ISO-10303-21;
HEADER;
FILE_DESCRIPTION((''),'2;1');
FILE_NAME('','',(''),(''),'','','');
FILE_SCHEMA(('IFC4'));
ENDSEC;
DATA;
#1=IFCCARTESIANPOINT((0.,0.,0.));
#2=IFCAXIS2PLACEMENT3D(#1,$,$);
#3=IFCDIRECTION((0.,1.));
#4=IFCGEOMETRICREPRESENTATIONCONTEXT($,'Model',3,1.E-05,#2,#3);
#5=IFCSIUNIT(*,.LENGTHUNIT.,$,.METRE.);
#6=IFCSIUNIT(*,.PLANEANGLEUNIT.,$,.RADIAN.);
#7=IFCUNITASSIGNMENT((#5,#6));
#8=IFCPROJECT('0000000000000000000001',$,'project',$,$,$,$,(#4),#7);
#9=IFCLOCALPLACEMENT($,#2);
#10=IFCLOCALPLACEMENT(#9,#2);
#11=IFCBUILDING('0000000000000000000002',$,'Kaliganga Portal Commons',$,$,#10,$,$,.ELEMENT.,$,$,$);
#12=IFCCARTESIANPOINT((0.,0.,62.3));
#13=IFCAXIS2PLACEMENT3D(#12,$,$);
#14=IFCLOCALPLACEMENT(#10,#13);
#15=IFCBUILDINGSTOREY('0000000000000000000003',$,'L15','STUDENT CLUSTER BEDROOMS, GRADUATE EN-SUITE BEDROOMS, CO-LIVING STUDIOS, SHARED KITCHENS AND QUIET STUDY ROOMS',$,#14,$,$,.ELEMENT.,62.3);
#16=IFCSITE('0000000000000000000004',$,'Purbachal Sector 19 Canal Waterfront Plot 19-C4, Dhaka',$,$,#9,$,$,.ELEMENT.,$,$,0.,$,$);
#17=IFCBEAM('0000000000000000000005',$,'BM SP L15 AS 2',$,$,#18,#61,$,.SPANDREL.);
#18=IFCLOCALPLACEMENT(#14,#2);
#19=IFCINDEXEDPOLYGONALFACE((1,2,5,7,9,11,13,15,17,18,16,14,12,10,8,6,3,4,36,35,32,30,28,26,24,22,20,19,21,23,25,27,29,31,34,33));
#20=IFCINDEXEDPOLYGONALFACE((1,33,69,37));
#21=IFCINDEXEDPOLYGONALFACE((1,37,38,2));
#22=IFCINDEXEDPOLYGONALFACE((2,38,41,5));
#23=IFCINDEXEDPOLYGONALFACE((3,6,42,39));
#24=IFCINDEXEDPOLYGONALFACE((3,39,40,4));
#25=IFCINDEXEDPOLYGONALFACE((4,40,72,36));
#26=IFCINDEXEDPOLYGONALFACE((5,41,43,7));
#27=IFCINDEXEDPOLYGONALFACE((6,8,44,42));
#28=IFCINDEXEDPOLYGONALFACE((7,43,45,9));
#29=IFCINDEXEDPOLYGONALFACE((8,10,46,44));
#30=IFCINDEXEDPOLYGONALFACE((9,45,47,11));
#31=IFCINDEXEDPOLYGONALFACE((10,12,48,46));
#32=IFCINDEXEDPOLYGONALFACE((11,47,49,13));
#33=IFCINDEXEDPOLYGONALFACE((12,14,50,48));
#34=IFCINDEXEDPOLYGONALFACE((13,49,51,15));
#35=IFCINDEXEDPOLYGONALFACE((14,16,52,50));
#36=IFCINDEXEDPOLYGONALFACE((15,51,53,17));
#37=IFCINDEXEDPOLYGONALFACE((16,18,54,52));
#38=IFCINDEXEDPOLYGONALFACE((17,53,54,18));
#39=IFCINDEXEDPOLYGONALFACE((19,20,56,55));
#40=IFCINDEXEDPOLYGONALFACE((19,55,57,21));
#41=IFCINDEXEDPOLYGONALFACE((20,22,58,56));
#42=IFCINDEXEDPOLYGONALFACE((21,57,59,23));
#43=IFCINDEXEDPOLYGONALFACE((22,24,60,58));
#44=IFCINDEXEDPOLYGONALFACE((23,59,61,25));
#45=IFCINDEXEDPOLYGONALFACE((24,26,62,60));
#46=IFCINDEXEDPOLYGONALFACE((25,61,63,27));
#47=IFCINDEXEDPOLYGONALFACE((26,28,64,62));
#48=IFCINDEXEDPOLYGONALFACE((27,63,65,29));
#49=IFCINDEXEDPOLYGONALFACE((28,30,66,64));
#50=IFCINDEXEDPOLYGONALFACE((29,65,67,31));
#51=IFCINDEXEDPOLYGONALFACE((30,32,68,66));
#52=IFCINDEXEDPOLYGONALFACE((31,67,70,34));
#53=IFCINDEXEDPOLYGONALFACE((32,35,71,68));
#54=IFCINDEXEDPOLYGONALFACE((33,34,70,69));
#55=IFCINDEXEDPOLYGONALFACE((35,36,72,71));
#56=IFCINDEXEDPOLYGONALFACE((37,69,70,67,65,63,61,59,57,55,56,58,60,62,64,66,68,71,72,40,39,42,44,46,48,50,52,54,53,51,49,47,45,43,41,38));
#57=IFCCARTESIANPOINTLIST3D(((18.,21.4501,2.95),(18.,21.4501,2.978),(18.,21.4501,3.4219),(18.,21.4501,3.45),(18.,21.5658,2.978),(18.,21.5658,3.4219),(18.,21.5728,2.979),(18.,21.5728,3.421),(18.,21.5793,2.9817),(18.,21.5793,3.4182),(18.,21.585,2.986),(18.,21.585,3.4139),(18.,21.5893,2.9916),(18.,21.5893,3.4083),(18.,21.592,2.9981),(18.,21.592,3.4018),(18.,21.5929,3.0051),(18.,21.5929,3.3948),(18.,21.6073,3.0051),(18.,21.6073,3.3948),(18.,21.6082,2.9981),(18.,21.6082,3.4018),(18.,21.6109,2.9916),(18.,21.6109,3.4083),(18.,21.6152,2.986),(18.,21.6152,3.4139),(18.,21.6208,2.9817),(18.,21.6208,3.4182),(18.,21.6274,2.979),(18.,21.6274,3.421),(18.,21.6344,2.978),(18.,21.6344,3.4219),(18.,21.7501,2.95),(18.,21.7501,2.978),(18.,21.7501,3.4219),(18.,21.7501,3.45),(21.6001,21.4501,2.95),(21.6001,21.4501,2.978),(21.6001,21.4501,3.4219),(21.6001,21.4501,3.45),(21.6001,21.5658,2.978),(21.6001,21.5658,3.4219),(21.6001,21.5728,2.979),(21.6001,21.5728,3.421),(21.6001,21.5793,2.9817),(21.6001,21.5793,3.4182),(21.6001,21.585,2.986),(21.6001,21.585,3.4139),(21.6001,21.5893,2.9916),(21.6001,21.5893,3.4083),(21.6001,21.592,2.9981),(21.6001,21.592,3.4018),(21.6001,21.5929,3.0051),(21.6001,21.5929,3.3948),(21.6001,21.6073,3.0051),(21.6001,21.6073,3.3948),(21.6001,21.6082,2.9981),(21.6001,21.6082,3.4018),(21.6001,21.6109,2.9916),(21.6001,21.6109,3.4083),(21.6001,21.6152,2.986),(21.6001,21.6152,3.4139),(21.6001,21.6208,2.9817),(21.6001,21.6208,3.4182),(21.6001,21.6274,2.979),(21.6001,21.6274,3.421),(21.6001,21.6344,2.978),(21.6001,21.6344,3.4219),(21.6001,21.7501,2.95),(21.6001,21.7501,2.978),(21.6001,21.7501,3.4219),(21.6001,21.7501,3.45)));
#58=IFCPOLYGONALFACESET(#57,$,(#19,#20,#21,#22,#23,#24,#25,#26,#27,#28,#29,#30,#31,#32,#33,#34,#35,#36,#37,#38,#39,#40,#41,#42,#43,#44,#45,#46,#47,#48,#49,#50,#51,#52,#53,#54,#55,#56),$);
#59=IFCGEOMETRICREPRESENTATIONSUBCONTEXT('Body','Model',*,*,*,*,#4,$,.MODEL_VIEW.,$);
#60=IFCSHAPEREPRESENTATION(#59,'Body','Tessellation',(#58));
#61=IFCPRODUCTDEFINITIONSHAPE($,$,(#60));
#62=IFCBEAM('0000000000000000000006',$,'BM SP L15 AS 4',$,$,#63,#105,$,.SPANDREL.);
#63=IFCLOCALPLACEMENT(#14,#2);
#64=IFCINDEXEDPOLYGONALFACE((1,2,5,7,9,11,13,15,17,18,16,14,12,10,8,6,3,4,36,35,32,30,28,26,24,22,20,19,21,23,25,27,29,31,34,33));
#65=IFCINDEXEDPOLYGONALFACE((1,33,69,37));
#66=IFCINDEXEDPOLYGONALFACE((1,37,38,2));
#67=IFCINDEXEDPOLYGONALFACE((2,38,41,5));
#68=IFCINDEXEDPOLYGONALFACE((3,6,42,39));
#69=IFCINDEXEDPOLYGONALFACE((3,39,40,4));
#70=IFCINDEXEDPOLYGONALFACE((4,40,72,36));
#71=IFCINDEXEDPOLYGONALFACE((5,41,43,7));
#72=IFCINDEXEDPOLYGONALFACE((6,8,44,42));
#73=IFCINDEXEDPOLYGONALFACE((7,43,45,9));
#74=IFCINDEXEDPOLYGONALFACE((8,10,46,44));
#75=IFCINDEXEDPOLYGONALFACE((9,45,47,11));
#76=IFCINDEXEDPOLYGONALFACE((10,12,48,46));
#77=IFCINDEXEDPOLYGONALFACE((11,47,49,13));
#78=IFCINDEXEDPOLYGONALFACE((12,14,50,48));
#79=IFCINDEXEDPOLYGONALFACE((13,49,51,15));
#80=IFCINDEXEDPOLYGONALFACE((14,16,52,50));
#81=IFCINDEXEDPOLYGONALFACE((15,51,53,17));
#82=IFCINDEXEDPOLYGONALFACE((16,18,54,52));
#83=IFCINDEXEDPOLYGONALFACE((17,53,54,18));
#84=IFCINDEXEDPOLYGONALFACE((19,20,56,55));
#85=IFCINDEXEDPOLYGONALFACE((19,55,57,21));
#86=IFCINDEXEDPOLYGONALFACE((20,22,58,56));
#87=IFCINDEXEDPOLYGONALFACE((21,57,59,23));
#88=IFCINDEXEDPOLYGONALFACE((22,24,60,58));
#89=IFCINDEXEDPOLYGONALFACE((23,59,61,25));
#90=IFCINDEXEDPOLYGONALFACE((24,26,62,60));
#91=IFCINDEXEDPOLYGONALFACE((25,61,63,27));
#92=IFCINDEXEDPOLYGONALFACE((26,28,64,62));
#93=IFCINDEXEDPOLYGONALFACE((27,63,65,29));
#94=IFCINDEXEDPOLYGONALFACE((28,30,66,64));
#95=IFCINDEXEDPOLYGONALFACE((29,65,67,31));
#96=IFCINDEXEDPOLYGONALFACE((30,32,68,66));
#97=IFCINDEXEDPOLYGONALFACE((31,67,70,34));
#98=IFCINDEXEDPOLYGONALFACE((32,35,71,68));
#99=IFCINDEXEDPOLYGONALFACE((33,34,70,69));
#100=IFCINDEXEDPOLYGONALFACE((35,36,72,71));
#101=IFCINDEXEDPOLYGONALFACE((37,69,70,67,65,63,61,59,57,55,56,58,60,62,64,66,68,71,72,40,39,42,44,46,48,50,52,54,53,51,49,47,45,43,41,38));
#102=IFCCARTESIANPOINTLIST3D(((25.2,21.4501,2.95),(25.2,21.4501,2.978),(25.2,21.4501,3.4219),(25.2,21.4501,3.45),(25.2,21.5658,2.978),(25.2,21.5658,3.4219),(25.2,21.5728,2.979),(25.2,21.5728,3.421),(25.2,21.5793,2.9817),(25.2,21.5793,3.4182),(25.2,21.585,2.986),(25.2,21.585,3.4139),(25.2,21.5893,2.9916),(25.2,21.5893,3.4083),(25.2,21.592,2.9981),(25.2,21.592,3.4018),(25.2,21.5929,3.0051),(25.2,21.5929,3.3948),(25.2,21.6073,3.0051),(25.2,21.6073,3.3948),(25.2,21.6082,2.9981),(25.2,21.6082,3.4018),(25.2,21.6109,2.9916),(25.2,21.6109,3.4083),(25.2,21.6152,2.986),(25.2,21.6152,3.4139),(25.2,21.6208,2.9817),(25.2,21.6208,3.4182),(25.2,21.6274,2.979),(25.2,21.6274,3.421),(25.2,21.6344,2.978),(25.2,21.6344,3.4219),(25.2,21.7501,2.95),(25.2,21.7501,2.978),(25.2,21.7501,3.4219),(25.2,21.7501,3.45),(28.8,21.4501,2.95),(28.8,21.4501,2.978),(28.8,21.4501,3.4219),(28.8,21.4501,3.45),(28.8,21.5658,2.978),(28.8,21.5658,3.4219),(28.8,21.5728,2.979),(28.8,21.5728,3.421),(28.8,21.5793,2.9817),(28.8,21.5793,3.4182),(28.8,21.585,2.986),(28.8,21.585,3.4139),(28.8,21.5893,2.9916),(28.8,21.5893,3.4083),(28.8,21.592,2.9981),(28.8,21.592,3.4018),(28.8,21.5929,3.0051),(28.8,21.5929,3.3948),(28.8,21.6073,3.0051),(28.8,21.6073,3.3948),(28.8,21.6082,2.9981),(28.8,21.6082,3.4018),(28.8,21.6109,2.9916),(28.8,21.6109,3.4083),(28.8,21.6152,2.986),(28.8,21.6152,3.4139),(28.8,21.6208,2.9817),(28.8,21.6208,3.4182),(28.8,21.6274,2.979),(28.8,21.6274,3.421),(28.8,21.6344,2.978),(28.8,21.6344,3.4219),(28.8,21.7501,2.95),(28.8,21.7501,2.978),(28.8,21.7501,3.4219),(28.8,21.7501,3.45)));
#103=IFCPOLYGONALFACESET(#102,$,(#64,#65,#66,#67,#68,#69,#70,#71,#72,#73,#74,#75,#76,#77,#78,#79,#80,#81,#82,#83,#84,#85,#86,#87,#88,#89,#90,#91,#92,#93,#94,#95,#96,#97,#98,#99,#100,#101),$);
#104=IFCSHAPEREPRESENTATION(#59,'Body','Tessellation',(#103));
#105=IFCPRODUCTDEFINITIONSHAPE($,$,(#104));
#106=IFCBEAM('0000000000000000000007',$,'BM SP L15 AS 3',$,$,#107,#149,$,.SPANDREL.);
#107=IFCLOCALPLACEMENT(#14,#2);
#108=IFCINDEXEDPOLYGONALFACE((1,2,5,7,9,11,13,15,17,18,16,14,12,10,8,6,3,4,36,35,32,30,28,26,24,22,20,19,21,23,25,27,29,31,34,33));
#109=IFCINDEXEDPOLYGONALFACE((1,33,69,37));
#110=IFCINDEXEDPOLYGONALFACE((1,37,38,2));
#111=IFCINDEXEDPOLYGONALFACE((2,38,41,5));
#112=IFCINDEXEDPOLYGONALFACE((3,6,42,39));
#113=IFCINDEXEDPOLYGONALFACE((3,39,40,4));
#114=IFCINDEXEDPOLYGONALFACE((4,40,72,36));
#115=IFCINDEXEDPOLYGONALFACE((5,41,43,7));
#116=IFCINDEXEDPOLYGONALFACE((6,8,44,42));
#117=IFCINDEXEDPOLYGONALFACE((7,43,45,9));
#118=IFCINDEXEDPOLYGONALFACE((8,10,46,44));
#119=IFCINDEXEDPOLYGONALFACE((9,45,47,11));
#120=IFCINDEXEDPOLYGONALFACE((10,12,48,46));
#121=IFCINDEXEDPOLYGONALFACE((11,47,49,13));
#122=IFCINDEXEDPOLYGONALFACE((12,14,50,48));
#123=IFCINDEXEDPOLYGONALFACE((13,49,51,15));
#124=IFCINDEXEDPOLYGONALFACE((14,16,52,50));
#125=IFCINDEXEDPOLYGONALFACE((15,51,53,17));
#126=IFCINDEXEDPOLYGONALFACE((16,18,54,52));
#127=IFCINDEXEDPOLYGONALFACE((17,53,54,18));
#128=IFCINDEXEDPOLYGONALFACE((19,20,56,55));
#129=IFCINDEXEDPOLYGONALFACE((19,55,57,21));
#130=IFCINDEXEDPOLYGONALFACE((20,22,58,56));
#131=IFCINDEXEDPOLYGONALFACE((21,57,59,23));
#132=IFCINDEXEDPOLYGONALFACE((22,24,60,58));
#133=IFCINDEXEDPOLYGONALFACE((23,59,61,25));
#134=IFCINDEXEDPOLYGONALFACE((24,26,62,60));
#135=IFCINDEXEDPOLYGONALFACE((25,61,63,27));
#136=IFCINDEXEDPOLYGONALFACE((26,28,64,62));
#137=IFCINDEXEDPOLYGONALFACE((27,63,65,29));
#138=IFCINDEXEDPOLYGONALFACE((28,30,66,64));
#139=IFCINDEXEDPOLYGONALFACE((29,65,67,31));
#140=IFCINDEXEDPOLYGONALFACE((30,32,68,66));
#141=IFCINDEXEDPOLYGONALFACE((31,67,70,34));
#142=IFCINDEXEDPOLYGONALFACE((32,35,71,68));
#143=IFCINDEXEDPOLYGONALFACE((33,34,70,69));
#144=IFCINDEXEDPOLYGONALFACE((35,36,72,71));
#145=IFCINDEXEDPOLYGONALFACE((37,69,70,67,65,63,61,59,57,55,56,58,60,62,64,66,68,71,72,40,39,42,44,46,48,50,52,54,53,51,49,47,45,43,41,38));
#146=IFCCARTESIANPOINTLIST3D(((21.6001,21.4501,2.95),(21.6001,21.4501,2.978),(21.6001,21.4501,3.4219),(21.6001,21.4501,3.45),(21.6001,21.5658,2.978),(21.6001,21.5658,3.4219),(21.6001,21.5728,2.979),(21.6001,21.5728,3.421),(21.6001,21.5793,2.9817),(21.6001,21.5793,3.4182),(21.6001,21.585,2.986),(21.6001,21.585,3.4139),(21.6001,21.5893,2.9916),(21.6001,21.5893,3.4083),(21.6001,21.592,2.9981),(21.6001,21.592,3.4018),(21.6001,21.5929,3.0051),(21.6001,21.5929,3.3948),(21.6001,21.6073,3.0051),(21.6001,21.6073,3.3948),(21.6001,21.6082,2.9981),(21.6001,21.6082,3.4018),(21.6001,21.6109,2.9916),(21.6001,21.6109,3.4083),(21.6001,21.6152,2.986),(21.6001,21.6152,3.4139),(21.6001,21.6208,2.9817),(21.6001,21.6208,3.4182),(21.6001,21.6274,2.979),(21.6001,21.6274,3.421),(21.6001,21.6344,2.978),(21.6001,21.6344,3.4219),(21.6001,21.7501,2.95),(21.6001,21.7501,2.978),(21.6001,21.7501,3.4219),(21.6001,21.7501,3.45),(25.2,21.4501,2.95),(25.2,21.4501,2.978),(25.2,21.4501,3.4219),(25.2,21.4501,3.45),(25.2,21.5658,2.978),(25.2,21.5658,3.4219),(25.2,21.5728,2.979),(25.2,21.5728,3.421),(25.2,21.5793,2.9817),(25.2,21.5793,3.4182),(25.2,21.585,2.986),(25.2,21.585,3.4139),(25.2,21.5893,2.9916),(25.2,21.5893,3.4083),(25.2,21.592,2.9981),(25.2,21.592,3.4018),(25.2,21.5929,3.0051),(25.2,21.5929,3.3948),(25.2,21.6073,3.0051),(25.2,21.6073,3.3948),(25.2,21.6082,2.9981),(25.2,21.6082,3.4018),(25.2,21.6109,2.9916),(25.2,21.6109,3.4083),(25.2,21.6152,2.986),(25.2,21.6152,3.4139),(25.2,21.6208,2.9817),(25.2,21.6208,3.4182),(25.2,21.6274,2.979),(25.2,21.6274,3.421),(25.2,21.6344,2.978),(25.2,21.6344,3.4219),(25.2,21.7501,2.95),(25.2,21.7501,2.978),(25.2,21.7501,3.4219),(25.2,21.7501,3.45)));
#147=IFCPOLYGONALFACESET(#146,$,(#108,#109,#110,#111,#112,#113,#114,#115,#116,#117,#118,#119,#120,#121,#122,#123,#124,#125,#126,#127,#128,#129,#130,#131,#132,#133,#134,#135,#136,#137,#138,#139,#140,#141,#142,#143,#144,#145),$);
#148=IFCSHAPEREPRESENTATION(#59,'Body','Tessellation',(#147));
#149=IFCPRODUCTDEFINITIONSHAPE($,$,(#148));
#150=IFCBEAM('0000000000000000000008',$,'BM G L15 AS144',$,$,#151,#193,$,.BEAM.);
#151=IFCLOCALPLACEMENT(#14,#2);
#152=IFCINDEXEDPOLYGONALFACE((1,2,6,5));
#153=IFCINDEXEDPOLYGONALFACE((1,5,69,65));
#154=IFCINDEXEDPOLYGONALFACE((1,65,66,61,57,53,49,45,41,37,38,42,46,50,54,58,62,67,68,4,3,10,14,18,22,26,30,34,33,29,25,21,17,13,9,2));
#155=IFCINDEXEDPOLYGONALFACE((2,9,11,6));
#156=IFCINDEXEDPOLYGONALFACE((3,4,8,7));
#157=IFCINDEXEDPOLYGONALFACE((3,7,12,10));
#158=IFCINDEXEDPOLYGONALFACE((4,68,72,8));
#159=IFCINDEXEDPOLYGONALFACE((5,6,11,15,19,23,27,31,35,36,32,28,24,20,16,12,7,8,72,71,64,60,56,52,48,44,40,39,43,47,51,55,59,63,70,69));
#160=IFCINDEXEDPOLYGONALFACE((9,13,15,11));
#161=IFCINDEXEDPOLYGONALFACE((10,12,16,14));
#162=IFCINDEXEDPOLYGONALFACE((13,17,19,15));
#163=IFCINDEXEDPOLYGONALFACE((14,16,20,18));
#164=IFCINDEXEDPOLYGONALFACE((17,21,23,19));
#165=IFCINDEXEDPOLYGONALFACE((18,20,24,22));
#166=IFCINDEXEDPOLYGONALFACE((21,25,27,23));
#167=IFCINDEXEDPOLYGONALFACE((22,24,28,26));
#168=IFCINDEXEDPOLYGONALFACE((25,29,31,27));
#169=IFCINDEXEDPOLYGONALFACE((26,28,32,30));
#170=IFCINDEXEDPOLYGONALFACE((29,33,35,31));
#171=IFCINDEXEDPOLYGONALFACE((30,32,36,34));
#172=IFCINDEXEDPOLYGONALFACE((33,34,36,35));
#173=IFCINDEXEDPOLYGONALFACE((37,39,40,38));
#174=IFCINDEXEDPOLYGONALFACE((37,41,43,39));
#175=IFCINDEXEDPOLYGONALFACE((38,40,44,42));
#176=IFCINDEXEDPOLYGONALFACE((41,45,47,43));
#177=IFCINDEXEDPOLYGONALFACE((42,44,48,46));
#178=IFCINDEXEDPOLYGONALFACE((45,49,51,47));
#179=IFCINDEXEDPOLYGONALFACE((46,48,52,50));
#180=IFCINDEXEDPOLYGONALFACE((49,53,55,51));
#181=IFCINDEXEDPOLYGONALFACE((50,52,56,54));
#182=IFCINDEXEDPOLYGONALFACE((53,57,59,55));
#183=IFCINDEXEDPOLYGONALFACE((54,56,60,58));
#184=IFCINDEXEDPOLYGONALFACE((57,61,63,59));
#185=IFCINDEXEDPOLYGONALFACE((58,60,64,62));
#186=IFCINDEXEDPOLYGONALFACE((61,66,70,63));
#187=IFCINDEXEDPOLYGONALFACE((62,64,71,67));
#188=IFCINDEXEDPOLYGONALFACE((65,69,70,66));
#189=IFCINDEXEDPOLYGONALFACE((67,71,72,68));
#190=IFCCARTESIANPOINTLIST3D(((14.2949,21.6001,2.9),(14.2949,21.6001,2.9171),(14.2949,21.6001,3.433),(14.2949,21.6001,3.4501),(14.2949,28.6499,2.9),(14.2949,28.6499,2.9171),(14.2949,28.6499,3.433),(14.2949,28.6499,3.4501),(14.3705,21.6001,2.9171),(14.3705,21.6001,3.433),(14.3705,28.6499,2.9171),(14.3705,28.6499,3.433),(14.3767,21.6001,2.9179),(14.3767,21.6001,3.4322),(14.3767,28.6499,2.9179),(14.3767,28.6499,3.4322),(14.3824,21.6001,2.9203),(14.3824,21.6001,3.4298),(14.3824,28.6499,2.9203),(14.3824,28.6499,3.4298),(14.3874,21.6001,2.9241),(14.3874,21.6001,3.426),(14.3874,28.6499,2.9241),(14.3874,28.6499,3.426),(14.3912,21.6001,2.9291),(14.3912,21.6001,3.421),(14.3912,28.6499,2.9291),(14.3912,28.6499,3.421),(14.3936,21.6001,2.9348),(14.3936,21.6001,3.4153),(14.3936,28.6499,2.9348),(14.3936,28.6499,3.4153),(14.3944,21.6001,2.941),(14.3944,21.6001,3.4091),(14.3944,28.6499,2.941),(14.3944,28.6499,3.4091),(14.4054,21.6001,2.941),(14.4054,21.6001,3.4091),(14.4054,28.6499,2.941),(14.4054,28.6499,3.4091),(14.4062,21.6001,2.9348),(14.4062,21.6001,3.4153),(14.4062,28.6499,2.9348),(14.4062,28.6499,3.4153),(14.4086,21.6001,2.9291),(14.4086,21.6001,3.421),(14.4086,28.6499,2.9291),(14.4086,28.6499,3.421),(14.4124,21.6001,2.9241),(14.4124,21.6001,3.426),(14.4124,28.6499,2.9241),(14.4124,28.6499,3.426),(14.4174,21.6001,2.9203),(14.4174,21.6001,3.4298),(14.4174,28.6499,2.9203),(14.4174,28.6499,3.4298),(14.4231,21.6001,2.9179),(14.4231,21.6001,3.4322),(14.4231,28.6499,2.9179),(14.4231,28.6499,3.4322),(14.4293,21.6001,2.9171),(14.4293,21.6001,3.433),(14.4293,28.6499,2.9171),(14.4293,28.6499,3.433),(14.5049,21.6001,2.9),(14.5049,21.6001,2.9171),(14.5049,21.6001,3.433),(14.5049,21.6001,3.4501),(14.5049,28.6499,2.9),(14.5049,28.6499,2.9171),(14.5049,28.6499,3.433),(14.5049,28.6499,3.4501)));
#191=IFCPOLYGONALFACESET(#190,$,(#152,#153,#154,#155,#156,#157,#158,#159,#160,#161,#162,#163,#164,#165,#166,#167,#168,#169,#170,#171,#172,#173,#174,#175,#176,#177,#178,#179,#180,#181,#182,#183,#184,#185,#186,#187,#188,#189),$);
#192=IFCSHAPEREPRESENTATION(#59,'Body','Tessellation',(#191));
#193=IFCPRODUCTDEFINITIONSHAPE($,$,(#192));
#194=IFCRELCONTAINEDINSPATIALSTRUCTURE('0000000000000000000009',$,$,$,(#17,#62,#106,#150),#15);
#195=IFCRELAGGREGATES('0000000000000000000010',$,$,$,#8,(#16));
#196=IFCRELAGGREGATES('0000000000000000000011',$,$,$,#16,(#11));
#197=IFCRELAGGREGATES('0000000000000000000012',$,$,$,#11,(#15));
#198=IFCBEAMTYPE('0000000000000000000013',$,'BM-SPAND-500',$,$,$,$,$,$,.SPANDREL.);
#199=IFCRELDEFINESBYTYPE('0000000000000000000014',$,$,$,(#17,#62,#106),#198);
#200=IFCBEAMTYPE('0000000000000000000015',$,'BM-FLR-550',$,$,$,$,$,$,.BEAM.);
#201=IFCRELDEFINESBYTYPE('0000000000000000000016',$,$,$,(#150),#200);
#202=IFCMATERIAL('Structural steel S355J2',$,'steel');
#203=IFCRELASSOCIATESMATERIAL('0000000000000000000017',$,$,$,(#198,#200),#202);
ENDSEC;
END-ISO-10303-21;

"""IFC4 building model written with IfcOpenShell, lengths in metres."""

from ifc_helpers import new_model, si_unit, direction, frame, origin, origin_2d, place, context, subcontext, project, spatial, i_section, extrude, source, transform, mapped, material, material_profile, profile_set, type_object, element, save


model = new_model("IFC4")

# Units and contexts
model_context = context("Model", 3, precision=1e-05, world=origin(), true_north=direction((0.0, 1.0)))
body_context = subcontext(model_context, "Body", "Model", "MODEL_VIEW")
ifc_project = project(units=[si_unit("LENGTHUNIT", "METRE"), si_unit("PLANEANGLEUNIT", "RADIAN")], contexts=[model_context])

# Site, building, storey
site_placement = place(None, origin())
site = spatial("IfcSite", under=ifc_project, at=site_placement, Name="Purbachal Sector 19 Canal Waterfront Plot 19-C4, Dhaka", CompositionType="ELEMENT", RefElevation=0.0)
building_placement = place(site_placement, origin())
building = spatial("IfcBuilding", under=site, at=building_placement, Name="Kaliganga Portal Commons", CompositionType="ELEMENT")
storey_placement = place(building_placement, frame((0.0, 0.0, 62.3)))
storey = spatial("IfcBuildingStorey", under=building, at=storey_placement, Name="L15", Description="STUDENT CLUSTER BEDROOMS, GRADUATE EN-SUITE BEDROOMS, CO-LIVING STUDIOS, SHARED KITCHENS AND QUIET STUDY ROOMS", CompositionType="ELEMENT", Elevation=62.3)

# Beams
ifc_material_1 = material(Name="Structural steel S355J2", Category="steel")
ifc_material_profile_1 = material_profile(ifc_material_1, i_section(OverallWidth=0.3, OverallDepth=0.5, WebThickness=0.0144, FlangeThickness=0.0281, FilletRadius=0.0271, at=origin_2d()), Name="HE 500 B")
ifc_profile_set_1 = profile_set([ifc_material_profile_1], Name="Structural steel S355J2 wide-flange")
beam_type_1 = type_object("IfcBeamType", Name="BM-SPAND-500", PredefinedType="SPANDREL", material=ifc_profile_set_1)
shared_shape_1 = source(origin(), body_context, "Body", "SweptSolid", [
    extrude(i_section(OverallWidth=0.3, OverallDepth=0.5, WebThickness=0.0144, FlangeThickness=0.0281, FilletRadius=0.0271, at=origin_2d()), origin(), (0.0, 0.0, 1.0), 3.6001),
])
for number, where, z_axis, x_axis, name in (
    (1, (18.0, 21.6001, 3.2), (1.0, 0.0, 0.0), (0.0, 1.0, 0.0), "BM SP L15 AS 2"),
    (2, (25.2, 21.6001, 3.2), (1.0, 0.0, 0.0), (0.0, 1.0, 0.0), "BM SP L15 AS 4"),
):
    element("IfcBeam", number, at=place(storey_placement, frame(where, z_axis=z_axis, x_axis=x_axis)), inside=storey, type_object=beam_type_1, Name=name, PredefinedType="SPANDREL", context=body_context, shape_type="MappedRepresentation", body=[
        mapped(shared_shape_1, transform((0.0, 0.0, 0.0), x_axis=(1.0, 0.0, 0.0), y_axis=(0.0, 1.0, 0.0), z_axis=(0.0, 0.0, 1.0), scale=1.0)),
    ])
shared_shape_2 = source(origin(), body_context, "Body", "SweptSolid", [
    extrude(i_section(OverallWidth=0.3, OverallDepth=0.5, WebThickness=0.0144, FlangeThickness=0.0281, FilletRadius=0.0271, at=origin_2d()), origin(), (0.0, 0.0, 1.0), 3.5999),
])
beam_1_placement = place(storey_placement, frame((21.6001, 21.6001, 3.2), z_axis=(1.0, 0.0, 0.0), x_axis=(0.0, 1.0, 0.0)))
element("IfcBeam", 3, at=beam_1_placement, inside=storey, type_object=beam_type_1, Name="BM SP L15 AS 3", PredefinedType="SPANDREL", context=body_context, shape_type="MappedRepresentation", body=[
    mapped(shared_shape_2, transform((0.0, 0.0, 0.0), x_axis=(1.0, 0.0, 0.0), y_axis=(0.0, 1.0, 0.0), z_axis=(0.0, 0.0, 1.0), scale=1.0)),
])
ifc_material_profile_2 = material_profile(ifc_material_1, i_section(OverallWidth=0.21, OverallDepth=0.55, WebThickness=0.011, FlangeThickness=0.0171, FilletRadius=0.0239, at=origin_2d()), Name="IPE 550")
ifc_profile_set_2 = profile_set([ifc_material_profile_2], Name="Structural steel S355J2 wide-flange")
beam_type_2 = type_object("IfcBeamType", Name="BM-FLR-550", PredefinedType="BEAM", material=ifc_profile_set_2)
shared_shape_3 = source(origin(), body_context, "Body", "SweptSolid", [
    extrude(i_section(OverallWidth=0.21, OverallDepth=0.55, WebThickness=0.011, FlangeThickness=0.0171, FilletRadius=0.0239, at=origin_2d()), origin(), (0.0, 0.0, 1.0), 7.0498),
])
beam_2_placement = place(storey_placement, frame((14.3999, 21.6001, 3.175), z_axis=(0.0, 1.0, 0.0), x_axis=(-1.0, 0.0, 0.0)))
element("IfcBeam", 4, at=beam_2_placement, inside=storey, type_object=beam_type_2, Name="BM G L15 AS144", PredefinedType="BEAM", context=body_context, shape_type="MappedRepresentation", body=[
    mapped(shared_shape_3, transform((0.0, 0.0, 0.0), x_axis=(1.0, 0.0, 0.0), y_axis=(0.0, 1.0, 0.0), z_axis=(0.0, 0.0, 1.0), scale=1.0)),
])

save(model, "model.ifc")
